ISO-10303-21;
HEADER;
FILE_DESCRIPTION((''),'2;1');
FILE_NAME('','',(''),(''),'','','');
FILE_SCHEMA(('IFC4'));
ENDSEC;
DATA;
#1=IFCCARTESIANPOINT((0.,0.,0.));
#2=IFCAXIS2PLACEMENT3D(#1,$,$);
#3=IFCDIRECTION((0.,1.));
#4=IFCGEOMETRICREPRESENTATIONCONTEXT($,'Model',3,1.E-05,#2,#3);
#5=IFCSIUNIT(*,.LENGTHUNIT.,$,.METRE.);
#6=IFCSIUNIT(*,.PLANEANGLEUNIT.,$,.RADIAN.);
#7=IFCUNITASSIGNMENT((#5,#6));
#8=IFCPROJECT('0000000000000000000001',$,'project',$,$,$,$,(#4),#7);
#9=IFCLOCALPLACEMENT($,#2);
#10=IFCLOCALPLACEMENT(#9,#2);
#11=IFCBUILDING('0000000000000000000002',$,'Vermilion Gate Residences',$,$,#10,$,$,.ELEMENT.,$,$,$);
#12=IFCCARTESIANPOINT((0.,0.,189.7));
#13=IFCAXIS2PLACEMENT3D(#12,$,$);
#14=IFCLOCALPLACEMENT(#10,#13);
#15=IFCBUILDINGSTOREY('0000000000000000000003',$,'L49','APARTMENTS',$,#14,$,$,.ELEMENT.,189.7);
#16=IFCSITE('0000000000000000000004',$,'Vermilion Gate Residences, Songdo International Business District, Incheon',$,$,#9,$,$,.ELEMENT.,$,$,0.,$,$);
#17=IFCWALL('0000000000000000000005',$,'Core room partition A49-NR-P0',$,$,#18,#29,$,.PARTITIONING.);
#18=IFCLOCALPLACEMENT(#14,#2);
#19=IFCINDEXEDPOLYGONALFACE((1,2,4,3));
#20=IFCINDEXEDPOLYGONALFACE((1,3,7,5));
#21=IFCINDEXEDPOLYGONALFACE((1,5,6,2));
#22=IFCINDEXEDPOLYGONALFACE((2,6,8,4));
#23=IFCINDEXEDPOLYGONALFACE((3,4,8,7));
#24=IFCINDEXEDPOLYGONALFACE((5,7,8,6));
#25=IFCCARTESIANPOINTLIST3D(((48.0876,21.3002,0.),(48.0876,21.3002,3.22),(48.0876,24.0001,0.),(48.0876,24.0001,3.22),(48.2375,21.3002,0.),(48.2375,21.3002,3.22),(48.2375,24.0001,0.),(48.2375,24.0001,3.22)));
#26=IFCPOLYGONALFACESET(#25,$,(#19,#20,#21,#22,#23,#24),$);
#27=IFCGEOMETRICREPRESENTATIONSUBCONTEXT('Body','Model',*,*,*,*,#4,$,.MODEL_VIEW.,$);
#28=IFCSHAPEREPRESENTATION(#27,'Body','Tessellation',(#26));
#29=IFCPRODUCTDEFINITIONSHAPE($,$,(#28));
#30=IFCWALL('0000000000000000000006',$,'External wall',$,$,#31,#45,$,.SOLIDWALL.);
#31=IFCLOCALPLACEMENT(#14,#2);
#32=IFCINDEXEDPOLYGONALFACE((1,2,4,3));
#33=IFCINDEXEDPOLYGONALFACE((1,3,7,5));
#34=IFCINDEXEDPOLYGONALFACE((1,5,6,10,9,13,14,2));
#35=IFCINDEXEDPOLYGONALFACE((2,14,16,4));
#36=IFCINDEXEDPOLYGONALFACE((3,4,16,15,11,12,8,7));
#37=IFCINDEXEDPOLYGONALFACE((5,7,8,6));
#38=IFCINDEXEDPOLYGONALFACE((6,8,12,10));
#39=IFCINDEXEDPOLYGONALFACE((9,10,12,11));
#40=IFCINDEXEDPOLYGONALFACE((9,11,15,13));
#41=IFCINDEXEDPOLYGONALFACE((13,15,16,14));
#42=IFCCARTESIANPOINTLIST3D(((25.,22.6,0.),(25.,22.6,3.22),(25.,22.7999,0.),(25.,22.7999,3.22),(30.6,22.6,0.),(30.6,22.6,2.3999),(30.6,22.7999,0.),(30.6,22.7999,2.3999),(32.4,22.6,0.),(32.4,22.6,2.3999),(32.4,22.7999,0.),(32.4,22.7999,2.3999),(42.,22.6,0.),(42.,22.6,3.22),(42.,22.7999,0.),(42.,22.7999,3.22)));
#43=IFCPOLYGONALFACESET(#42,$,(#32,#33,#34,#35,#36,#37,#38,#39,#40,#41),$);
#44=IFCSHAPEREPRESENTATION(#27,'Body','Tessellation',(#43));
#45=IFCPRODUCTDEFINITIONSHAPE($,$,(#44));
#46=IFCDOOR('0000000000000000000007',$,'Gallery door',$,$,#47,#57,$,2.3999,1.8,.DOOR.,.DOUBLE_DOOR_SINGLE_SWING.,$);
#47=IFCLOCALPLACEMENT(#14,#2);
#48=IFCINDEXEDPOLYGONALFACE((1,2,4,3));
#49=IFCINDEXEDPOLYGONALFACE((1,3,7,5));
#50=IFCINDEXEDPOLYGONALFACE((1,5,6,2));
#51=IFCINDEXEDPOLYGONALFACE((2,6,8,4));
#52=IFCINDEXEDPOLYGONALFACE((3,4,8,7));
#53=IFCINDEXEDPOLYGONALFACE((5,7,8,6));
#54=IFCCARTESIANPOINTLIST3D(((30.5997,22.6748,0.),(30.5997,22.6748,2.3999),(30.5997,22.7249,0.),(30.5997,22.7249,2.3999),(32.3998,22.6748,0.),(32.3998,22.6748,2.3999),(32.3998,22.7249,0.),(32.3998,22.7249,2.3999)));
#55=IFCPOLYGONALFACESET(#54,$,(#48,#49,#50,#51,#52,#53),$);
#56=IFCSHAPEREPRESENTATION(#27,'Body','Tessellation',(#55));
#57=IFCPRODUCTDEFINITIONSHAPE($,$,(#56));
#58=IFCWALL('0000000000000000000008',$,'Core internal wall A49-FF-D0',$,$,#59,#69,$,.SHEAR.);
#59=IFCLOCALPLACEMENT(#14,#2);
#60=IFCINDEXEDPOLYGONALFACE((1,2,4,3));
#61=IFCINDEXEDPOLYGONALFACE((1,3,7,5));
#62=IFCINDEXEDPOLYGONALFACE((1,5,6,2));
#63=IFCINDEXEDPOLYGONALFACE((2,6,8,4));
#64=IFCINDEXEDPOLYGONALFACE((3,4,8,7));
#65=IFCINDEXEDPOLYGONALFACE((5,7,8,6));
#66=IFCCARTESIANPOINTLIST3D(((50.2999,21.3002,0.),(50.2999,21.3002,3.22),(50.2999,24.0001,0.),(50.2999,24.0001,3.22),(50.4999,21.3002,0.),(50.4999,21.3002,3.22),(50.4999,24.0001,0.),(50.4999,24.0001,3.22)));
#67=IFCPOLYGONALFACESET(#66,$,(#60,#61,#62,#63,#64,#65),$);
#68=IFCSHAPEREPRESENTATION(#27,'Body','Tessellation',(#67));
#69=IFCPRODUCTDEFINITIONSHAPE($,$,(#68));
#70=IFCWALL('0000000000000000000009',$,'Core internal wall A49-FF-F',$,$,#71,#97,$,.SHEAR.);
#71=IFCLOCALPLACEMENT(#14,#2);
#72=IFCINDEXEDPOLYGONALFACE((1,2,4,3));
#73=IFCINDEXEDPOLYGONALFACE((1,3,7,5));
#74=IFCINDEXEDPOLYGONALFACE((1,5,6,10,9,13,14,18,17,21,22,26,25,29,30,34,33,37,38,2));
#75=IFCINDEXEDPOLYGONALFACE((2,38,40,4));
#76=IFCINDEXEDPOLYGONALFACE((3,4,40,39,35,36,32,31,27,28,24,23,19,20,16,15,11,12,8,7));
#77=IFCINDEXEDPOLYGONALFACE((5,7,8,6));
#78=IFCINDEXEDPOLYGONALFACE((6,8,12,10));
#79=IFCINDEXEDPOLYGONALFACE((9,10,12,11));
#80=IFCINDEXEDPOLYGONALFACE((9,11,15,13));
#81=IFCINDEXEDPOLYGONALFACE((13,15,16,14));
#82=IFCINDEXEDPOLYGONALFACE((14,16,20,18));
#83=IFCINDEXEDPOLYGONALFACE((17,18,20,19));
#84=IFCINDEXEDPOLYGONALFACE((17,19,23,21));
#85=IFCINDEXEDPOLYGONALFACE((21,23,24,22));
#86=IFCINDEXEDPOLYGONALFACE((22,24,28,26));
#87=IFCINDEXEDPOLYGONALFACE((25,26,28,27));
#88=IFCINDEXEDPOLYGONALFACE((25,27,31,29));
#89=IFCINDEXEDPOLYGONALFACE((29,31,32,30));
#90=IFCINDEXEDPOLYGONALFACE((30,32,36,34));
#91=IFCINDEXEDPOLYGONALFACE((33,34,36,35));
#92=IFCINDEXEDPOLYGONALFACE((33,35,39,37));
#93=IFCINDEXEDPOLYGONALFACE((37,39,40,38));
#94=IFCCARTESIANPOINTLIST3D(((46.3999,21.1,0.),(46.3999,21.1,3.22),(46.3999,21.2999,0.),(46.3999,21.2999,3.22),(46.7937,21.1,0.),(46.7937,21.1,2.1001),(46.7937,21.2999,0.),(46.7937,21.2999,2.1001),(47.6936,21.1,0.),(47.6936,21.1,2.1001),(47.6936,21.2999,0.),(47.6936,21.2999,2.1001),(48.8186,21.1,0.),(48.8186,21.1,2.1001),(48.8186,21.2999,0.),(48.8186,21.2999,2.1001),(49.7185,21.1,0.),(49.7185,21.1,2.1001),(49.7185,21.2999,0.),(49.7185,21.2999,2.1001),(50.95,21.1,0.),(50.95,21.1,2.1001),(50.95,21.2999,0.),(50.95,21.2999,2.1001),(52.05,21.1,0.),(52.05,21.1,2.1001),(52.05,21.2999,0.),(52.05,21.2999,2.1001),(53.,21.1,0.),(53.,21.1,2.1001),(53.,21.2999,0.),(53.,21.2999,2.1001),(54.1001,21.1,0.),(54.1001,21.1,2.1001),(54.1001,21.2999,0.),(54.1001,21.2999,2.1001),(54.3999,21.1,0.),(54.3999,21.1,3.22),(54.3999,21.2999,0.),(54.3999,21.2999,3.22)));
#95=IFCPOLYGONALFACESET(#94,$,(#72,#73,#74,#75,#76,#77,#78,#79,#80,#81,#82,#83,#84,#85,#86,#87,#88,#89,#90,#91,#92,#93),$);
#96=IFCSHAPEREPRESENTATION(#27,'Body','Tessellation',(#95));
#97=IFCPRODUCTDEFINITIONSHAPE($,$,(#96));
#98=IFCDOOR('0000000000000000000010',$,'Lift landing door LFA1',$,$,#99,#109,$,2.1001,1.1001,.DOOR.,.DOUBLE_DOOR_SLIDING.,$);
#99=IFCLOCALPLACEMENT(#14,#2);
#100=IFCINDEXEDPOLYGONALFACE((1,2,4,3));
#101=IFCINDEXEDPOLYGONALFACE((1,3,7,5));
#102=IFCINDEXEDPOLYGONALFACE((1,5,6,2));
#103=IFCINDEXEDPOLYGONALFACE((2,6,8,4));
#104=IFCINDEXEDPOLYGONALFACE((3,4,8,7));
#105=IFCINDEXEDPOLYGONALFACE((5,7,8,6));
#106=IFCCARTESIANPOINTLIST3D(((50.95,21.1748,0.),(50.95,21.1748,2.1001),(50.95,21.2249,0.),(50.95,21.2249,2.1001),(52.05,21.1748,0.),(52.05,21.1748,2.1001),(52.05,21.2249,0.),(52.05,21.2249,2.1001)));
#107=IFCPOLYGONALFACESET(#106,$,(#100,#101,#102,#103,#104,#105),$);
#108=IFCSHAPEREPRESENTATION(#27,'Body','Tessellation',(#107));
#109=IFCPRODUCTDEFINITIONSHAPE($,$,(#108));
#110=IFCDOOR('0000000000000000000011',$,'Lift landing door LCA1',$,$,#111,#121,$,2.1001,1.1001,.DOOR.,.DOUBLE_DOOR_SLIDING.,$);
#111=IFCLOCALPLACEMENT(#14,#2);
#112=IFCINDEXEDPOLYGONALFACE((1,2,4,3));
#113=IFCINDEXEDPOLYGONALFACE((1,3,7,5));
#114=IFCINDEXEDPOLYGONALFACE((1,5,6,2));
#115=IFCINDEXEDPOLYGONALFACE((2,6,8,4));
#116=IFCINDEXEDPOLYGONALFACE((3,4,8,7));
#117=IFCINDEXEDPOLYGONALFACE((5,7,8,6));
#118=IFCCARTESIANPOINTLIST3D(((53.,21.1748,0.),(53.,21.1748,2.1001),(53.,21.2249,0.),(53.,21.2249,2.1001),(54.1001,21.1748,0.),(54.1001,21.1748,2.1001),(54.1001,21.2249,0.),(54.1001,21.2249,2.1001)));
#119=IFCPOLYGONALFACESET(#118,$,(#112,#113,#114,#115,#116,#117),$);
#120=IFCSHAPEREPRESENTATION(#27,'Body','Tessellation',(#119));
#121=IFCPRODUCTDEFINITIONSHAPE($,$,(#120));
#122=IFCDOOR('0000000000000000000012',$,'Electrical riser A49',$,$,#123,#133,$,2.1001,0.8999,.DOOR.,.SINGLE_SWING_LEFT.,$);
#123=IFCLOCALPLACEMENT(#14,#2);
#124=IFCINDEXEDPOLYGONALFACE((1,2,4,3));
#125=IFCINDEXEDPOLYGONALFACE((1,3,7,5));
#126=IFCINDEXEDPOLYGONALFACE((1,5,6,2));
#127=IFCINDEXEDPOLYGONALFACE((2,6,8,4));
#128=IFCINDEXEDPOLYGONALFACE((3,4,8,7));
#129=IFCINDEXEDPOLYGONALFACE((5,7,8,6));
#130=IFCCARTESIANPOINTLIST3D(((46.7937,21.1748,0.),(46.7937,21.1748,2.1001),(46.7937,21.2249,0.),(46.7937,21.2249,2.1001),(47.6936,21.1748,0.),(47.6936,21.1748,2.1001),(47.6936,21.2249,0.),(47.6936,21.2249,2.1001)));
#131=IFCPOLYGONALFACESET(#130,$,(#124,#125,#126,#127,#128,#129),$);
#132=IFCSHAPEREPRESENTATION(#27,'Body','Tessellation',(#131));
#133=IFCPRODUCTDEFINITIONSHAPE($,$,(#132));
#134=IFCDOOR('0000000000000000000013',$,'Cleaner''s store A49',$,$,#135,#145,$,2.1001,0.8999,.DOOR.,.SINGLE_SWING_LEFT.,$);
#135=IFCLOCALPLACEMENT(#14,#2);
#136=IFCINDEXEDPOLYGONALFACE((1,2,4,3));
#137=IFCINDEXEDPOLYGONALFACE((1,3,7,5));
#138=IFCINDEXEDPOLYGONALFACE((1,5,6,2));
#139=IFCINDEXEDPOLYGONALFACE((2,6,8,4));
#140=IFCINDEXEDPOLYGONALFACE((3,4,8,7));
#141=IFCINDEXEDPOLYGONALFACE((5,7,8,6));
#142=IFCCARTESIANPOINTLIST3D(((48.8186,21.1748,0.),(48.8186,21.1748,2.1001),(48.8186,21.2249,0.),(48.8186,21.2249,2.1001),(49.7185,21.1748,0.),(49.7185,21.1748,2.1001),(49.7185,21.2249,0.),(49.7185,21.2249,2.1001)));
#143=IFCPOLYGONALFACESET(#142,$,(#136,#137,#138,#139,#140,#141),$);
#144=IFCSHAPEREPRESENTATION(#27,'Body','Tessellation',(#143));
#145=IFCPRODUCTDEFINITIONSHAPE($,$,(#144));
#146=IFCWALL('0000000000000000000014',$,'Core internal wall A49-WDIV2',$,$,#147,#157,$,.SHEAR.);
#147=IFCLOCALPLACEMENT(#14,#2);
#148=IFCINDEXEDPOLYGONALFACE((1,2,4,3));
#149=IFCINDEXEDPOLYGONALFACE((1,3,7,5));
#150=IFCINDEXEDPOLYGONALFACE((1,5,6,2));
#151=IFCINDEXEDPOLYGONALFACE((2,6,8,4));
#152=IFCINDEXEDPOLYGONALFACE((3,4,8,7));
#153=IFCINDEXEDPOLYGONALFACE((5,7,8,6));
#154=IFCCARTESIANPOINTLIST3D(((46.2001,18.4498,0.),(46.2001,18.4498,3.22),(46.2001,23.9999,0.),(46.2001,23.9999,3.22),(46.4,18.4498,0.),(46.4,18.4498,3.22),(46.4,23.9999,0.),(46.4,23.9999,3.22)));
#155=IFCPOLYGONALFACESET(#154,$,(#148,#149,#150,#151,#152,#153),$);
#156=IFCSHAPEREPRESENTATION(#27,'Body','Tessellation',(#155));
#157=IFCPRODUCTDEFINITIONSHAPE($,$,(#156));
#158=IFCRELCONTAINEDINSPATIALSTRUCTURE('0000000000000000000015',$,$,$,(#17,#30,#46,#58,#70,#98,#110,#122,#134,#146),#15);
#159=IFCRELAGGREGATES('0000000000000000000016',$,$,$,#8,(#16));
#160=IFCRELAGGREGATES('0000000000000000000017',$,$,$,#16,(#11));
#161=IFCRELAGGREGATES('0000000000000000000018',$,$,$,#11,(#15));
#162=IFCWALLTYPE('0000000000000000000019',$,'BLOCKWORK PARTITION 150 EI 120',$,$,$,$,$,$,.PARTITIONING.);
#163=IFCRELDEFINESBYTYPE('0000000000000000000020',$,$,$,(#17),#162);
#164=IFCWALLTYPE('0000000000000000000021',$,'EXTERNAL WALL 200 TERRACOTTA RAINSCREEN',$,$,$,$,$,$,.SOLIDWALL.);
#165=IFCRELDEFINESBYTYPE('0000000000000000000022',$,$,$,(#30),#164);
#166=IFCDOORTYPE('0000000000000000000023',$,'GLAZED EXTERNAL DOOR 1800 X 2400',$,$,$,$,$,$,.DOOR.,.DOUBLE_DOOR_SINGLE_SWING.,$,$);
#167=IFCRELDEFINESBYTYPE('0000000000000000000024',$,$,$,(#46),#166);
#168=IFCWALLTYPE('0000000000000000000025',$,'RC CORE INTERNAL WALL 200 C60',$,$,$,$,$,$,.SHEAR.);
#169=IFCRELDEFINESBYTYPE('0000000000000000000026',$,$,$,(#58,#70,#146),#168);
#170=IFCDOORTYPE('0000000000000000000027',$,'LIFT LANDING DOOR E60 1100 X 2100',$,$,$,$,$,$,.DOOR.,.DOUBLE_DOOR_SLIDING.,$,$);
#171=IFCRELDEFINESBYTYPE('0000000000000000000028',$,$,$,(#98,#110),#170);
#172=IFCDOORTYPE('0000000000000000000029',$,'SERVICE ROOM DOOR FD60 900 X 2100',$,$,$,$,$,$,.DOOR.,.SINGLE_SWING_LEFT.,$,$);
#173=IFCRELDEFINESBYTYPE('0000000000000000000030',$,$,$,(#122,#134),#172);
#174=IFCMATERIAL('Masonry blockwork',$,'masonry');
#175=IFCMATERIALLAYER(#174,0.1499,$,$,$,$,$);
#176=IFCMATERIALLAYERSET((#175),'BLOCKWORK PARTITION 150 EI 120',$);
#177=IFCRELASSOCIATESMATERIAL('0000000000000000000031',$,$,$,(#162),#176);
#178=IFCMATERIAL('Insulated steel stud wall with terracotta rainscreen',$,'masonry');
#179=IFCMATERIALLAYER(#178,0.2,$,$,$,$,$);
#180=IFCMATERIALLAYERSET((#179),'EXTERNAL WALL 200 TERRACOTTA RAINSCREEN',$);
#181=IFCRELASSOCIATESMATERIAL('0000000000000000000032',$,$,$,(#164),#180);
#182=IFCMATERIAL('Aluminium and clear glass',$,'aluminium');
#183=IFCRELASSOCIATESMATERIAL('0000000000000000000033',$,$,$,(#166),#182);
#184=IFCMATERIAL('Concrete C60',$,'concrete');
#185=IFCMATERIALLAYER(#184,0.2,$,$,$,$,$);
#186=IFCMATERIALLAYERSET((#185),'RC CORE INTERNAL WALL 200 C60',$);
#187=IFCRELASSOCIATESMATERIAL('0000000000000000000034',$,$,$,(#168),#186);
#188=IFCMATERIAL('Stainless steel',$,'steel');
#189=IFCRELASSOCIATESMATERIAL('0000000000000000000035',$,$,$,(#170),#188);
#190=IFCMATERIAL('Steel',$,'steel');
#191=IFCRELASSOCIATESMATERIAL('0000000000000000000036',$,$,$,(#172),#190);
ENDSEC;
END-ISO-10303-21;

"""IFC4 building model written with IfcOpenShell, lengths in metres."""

from ifc_helpers import new_model, si_unit, direction, frame, frame_2d, origin, place, context, subcontext, project, spatial, rectangle, extrude, material, layer, layer_set, type_object, element, fill, save


model = new_model("IFC4")

# Units and contexts
model_context = context("Model", 3, precision=1e-05, world=origin(), true_north=direction((0.0, 1.0)))
body_context = subcontext(model_context, "Body", "Model", "MODEL_VIEW")
ifc_project = project(units=[si_unit("LENGTHUNIT", "METRE"), si_unit("PLANEANGLEUNIT", "RADIAN")], contexts=[model_context])

# Site, building, storey
site_placement = place(None, origin())
site = spatial("IfcSite", under=ifc_project, at=site_placement, Name="Vermilion Gate Residences, Songdo International Business District, Incheon", CompositionType="ELEMENT", RefElevation=0.0)
building_placement = place(site_placement, origin())
building = spatial("IfcBuilding", under=site, at=building_placement, Name="Vermilion Gate Residences", CompositionType="ELEMENT")
storey_placement = place(building_placement, frame((0.0, 0.0, 189.7)))
storey = spatial("IfcBuildingStorey", under=building, at=storey_placement, Name="L49", Description="APARTMENTS", CompositionType="ELEMENT", Elevation=189.7)

# Wall
ifc_material_1 = material(Name="Masonry blockwork", Category="masonry")
ifc_layer_1 = layer(ifc_material_1, 0.1499)
ifc_layer_set_1 = layer_set([ifc_layer_1], Name="BLOCKWORK PARTITION 150 EI 120")
wall_type_1 = type_object("IfcWallType", Name="BLOCKWORK PARTITION 150 EI 120", PredefinedType="PARTITIONING", material=ifc_layer_set_1)
wall_1_placement = place(storey_placement, frame((48.1626, 21.3, 0.0), z_axis=(0.0, 0.0, 1.0), x_axis=(0.0, 1.0, 0.0)))
element("IfcWall", 1, at=wall_1_placement, inside=storey, type_object=wall_type_1, Name="Core room partition A49-NR-P0", PredefinedType="PARTITIONING", context=body_context, shape_type="SweptSolid", body=[
    extrude(rectangle(XDim=2.7, YDim=0.1499, at=frame_2d((1.3501, 0.0))), origin(), (0.0, 0.0, 1.0), 3.22),
])

# Wall, opening, door
ifc_material_2 = material(Name="Insulated steel stud wall with terracotta rainscreen", Category="masonry")
ifc_layer_2 = layer(ifc_material_2, 0.2)
ifc_layer_set_2 = layer_set([ifc_layer_2], Name="EXTERNAL WALL 200 TERRACOTTA RAINSCREEN")
wall_type_2 = type_object("IfcWallType", Name="EXTERNAL WALL 200 TERRACOTTA RAINSCREEN", PredefinedType="SOLIDWALL", material=ifc_layer_set_2)
wall_2_placement = place(storey_placement, frame((42.0, 22.7, 0.0), z_axis=(0.0, 0.0, 1.0), x_axis=(-1.0, 0.0, 0.0)))
wall_2 = element("IfcWall", 2, at=wall_2_placement, inside=storey, type_object=wall_type_2, Name="External wall", PredefinedType="SOLIDWALL", context=body_context, shape_type="SweptSolid", body=[
    extrude(rectangle(XDim=17.0, YDim=0.2, at=frame_2d((8.5, 0.0))), origin(), (0.0, 0.0, 1.0), 3.22),
])
opening_1_placement = place(wall_2_placement, frame((9.6001, 0.0, 0.0)))
opening_1 = element("IfcOpeningElement", 3, at=opening_1_placement, cuts=wall_2, PredefinedType="OPENING", context=body_context, shape_type="SweptSolid", body=[
    extrude(rectangle(XDim=1.8, YDim=2.3999, at=frame_2d((0.8999, 1.2))), frame((0.0, 0.1099, 0.0), z_axis=(0.0, -1.0, 0.0), x_axis=(1.0, 0.0, 0.0)), (0.0, 0.0, 1.0), 0.22),
])
ifc_material_3 = material(Name="Aluminium and clear glass", Category="aluminium")
door_type_1 = type_object("IfcDoorType", Name="GLAZED EXTERNAL DOOR 1800 X 2400", OperationType="DOUBLE_DOOR_SINGLE_SWING", PredefinedType="DOOR", material=ifc_material_3)
door_1_placement = place(opening_1_placement, frame((1.8, 0.0, 0.0), z_axis=(0.0, 0.0, 1.0), x_axis=(-1.0, 0.0, 0.0)))
door_1 = element("IfcDoor", 4, at=door_1_placement, inside=storey, type_object=door_type_1, Name="Gallery door", OperationType="DOUBLE_DOOR_SINGLE_SWING", OverallHeight=2.3999, OverallWidth=1.8, PredefinedType="DOOR", context=body_context, shape_type="SweptSolid", body=[
    extrude(rectangle(XDim=1.8, YDim=2.3999, at=frame_2d((0.8999, 1.2))), frame((0.0, 0.0249, 0.0), z_axis=(0.0, -1.0, 0.0), x_axis=(1.0, 0.0, 0.0)), (0.0, 0.0, 1.0), 0.05),
])
fill(opening_1, door_1)

# Wall
ifc_material_4 = material(Name="Concrete C60", Category="concrete")
ifc_layer_3 = layer(ifc_material_4, 0.2)
ifc_layer_set_3 = layer_set([ifc_layer_3], Name="RC CORE INTERNAL WALL 200 C60")
wall_type_3 = type_object("IfcWallType", Name="RC CORE INTERNAL WALL 200 C60", PredefinedType="SHEAR", material=ifc_layer_set_3)
wall_3_placement = place(storey_placement, frame((50.3999, 21.3, 0.0), z_axis=(0.0, 0.0, 1.0), x_axis=(0.0, 1.0, 0.0)))
element("IfcWall", 5, at=wall_3_placement, inside=storey, type_object=wall_type_3, Name="Core internal wall A49-FF-D0", PredefinedType="SHEAR", context=body_context, shape_type="SweptSolid", body=[
    extrude(rectangle(XDim=2.7, YDim=0.2, at=frame_2d((1.3501, 0.0))), origin(), (0.0, 0.0, 1.0), 3.22),
])

# Wall, openings, doors
wall_4_placement = place(storey_placement, frame((46.3999, 21.2, 0.0), z_axis=(0.0, 0.0, 1.0), x_axis=(1.0, 0.0, 0.0)))
wall_4 = element("IfcWall", 6, at=wall_4_placement, inside=storey, type_object=wall_type_3, Name="Core internal wall A49-FF-F", PredefinedType="SHEAR", context=body_context, shape_type="SweptSolid", body=[
    extrude(rectangle(XDim=8.0, YDim=0.2, at=frame_2d((4.0, 0.0))), origin(), (0.0, 0.0, 1.0), 3.22),
])
opening_2_placement = place(wall_4_placement, frame((0.3938, 0.0, 0.0)))
opening_2 = element("IfcOpeningElement", 7, at=opening_2_placement, cuts=wall_4, PredefinedType="OPENING", context=body_context, shape_type="SweptSolid", body=[
    extrude(rectangle(XDim=0.8999, YDim=2.1001, at=frame_2d((0.45, 1.05))), frame((0.0, 0.1099, 0.0), z_axis=(0.0, -1.0, 0.0), x_axis=(1.0, 0.0, 0.0)), (0.0, 0.0, 1.0), 0.22),
])
opening_3_placement = place(wall_4_placement, frame((2.4187, 0.0, 0.0)))
opening_3 = element("IfcOpeningElement", 8, at=opening_3_placement, cuts=wall_4, PredefinedType="OPENING", context=body_context, shape_type="SweptSolid", body=[
    extrude(rectangle(XDim=0.8999, YDim=2.1001, at=frame_2d((0.45, 1.05))), frame((0.0, 0.1099, 0.0), z_axis=(0.0, -1.0, 0.0), x_axis=(1.0, 0.0, 0.0)), (0.0, 0.0, 1.0), 0.22),
])
opening_4_placement = place(wall_4_placement, frame((4.55, 0.0, 0.0)))
opening_4 = element("IfcOpeningElement", 9, at=opening_4_placement, cuts=wall_4, PredefinedType="OPENING", context=body_context, shape_type="SweptSolid", body=[
    extrude(rectangle(XDim=1.1001, YDim=2.1001, at=frame_2d((0.55, 1.05))), frame((0.0, 0.1099, 0.0), z_axis=(0.0, -1.0, 0.0), x_axis=(1.0, 0.0, 0.0)), (0.0, 0.0, 1.0), 0.22),
])
opening_5_placement = place(wall_4_placement, frame((6.6001, 0.0, 0.0)))
opening_5 = element("IfcOpeningElement", 10, at=opening_5_placement, cuts=wall_4, PredefinedType="OPENING", context=body_context, shape_type="SweptSolid", body=[
    extrude(rectangle(XDim=1.1001, YDim=2.1001, at=frame_2d((0.55, 1.05))), frame((0.0, 0.1099, 0.0), z_axis=(0.0, -1.0, 0.0), x_axis=(1.0, 0.0, 0.0)), (0.0, 0.0, 1.0), 0.22),
])
ifc_material_5 = material(Name="Stainless steel", Category="steel")
door_type_2 = type_object("IfcDoorType", Name="LIFT LANDING DOOR E60 1100 X 2100", OperationType="DOUBLE_DOOR_SLIDING", PredefinedType="DOOR", material=ifc_material_5)
door_2_placement = place(opening_4_placement, origin())
door_2 = element("IfcDoor", 11, at=door_2_placement, inside=storey, type_object=door_type_2, Name="Lift landing door LFA1", OperationType="DOUBLE_DOOR_SLIDING", OverallHeight=2.1001, OverallWidth=1.1001, PredefinedType="DOOR", context=body_context, shape_type="SweptSolid", body=[
    extrude(rectangle(XDim=1.1001, YDim=2.1001, at=frame_2d((0.55, 1.05))), frame((0.0, 0.0249, 0.0), z_axis=(0.0, -1.0, 0.0), x_axis=(1.0, 0.0, 0.0)), (0.0, 0.0, 1.0), 0.05),
])
fill(opening_4, door_2)
door_3_placement = place(opening_5_placement, origin())
door_3 = element("IfcDoor", 12, at=door_3_placement, inside=storey, type_object=door_type_2, Name="Lift landing door LCA1", OperationType="DOUBLE_DOOR_SLIDING", OverallHeight=2.1001, OverallWidth=1.1001, PredefinedType="DOOR", context=body_context, shape_type="SweptSolid", body=[
    extrude(rectangle(XDim=1.1001, YDim=2.1001, at=frame_2d((0.55, 1.05))), frame((0.0, 0.0249, 0.0), z_axis=(0.0, -1.0, 0.0), x_axis=(1.0, 0.0, 0.0)), (0.0, 0.0, 1.0), 0.05),
])
fill(opening_5, door_3)
ifc_material_6 = material(Name="Steel", Category="steel")
door_type_3 = type_object("IfcDoorType", Name="SERVICE ROOM DOOR FD60 900 X 2100", OperationType="SINGLE_SWING_LEFT", PredefinedType="DOOR", material=ifc_material_6)
door_4_placement = place(opening_2_placement, origin())
door_4 = element("IfcDoor", 13, at=door_4_placement, inside=storey, type_object=door_type_3, Name="Electrical riser A49", OperationType="SINGLE_SWING_LEFT", OverallHeight=2.1001, OverallWidth=0.8999, PredefinedType="DOOR", context=body_context, shape_type="SweptSolid", body=[
    extrude(rectangle(XDim=0.8999, YDim=2.1001, at=frame_2d((0.45, 1.05))), frame((0.0, 0.0249, 0.0), z_axis=(0.0, -1.0, 0.0), x_axis=(1.0, 0.0, 0.0)), (0.0, 0.0, 1.0), 0.05),
])
fill(opening_2, door_4)
door_5_placement = place(opening_3_placement, origin())
door_5 = element("IfcDoor", 14, at=door_5_placement, inside=storey, type_object=door_type_3, Name="Cleaner's store A49", OperationType="SINGLE_SWING_LEFT", OverallHeight=2.1001, OverallWidth=0.8999, PredefinedType="DOOR", context=body_context, shape_type="SweptSolid", body=[
    extrude(rectangle(XDim=0.8999, YDim=2.1001, at=frame_2d((0.45, 1.05))), frame((0.0, 0.0249, 0.0), z_axis=(0.0, -1.0, 0.0), x_axis=(1.0, 0.0, 0.0)), (0.0, 0.0, 1.0), 0.05),
])
fill(opening_3, door_5)

# Wall
wall_5_placement = place(storey_placement, frame((46.3, 18.45, 0.0), z_axis=(0.0, 0.0, 1.0), x_axis=(0.0, 1.0, 0.0)))
element("IfcWall", 15, at=wall_5_placement, inside=storey, type_object=wall_type_3, Name="Core internal wall A49-WDIV2", PredefinedType="SHEAR", context=body_context, shape_type="SweptSolid", body=[
    extrude(rectangle(XDim=5.55, YDim=0.2, at=frame_2d((2.7749, 0.0))), origin(), (0.0, 0.0, 1.0), 3.22),
])

save(model, "model.ifc")
